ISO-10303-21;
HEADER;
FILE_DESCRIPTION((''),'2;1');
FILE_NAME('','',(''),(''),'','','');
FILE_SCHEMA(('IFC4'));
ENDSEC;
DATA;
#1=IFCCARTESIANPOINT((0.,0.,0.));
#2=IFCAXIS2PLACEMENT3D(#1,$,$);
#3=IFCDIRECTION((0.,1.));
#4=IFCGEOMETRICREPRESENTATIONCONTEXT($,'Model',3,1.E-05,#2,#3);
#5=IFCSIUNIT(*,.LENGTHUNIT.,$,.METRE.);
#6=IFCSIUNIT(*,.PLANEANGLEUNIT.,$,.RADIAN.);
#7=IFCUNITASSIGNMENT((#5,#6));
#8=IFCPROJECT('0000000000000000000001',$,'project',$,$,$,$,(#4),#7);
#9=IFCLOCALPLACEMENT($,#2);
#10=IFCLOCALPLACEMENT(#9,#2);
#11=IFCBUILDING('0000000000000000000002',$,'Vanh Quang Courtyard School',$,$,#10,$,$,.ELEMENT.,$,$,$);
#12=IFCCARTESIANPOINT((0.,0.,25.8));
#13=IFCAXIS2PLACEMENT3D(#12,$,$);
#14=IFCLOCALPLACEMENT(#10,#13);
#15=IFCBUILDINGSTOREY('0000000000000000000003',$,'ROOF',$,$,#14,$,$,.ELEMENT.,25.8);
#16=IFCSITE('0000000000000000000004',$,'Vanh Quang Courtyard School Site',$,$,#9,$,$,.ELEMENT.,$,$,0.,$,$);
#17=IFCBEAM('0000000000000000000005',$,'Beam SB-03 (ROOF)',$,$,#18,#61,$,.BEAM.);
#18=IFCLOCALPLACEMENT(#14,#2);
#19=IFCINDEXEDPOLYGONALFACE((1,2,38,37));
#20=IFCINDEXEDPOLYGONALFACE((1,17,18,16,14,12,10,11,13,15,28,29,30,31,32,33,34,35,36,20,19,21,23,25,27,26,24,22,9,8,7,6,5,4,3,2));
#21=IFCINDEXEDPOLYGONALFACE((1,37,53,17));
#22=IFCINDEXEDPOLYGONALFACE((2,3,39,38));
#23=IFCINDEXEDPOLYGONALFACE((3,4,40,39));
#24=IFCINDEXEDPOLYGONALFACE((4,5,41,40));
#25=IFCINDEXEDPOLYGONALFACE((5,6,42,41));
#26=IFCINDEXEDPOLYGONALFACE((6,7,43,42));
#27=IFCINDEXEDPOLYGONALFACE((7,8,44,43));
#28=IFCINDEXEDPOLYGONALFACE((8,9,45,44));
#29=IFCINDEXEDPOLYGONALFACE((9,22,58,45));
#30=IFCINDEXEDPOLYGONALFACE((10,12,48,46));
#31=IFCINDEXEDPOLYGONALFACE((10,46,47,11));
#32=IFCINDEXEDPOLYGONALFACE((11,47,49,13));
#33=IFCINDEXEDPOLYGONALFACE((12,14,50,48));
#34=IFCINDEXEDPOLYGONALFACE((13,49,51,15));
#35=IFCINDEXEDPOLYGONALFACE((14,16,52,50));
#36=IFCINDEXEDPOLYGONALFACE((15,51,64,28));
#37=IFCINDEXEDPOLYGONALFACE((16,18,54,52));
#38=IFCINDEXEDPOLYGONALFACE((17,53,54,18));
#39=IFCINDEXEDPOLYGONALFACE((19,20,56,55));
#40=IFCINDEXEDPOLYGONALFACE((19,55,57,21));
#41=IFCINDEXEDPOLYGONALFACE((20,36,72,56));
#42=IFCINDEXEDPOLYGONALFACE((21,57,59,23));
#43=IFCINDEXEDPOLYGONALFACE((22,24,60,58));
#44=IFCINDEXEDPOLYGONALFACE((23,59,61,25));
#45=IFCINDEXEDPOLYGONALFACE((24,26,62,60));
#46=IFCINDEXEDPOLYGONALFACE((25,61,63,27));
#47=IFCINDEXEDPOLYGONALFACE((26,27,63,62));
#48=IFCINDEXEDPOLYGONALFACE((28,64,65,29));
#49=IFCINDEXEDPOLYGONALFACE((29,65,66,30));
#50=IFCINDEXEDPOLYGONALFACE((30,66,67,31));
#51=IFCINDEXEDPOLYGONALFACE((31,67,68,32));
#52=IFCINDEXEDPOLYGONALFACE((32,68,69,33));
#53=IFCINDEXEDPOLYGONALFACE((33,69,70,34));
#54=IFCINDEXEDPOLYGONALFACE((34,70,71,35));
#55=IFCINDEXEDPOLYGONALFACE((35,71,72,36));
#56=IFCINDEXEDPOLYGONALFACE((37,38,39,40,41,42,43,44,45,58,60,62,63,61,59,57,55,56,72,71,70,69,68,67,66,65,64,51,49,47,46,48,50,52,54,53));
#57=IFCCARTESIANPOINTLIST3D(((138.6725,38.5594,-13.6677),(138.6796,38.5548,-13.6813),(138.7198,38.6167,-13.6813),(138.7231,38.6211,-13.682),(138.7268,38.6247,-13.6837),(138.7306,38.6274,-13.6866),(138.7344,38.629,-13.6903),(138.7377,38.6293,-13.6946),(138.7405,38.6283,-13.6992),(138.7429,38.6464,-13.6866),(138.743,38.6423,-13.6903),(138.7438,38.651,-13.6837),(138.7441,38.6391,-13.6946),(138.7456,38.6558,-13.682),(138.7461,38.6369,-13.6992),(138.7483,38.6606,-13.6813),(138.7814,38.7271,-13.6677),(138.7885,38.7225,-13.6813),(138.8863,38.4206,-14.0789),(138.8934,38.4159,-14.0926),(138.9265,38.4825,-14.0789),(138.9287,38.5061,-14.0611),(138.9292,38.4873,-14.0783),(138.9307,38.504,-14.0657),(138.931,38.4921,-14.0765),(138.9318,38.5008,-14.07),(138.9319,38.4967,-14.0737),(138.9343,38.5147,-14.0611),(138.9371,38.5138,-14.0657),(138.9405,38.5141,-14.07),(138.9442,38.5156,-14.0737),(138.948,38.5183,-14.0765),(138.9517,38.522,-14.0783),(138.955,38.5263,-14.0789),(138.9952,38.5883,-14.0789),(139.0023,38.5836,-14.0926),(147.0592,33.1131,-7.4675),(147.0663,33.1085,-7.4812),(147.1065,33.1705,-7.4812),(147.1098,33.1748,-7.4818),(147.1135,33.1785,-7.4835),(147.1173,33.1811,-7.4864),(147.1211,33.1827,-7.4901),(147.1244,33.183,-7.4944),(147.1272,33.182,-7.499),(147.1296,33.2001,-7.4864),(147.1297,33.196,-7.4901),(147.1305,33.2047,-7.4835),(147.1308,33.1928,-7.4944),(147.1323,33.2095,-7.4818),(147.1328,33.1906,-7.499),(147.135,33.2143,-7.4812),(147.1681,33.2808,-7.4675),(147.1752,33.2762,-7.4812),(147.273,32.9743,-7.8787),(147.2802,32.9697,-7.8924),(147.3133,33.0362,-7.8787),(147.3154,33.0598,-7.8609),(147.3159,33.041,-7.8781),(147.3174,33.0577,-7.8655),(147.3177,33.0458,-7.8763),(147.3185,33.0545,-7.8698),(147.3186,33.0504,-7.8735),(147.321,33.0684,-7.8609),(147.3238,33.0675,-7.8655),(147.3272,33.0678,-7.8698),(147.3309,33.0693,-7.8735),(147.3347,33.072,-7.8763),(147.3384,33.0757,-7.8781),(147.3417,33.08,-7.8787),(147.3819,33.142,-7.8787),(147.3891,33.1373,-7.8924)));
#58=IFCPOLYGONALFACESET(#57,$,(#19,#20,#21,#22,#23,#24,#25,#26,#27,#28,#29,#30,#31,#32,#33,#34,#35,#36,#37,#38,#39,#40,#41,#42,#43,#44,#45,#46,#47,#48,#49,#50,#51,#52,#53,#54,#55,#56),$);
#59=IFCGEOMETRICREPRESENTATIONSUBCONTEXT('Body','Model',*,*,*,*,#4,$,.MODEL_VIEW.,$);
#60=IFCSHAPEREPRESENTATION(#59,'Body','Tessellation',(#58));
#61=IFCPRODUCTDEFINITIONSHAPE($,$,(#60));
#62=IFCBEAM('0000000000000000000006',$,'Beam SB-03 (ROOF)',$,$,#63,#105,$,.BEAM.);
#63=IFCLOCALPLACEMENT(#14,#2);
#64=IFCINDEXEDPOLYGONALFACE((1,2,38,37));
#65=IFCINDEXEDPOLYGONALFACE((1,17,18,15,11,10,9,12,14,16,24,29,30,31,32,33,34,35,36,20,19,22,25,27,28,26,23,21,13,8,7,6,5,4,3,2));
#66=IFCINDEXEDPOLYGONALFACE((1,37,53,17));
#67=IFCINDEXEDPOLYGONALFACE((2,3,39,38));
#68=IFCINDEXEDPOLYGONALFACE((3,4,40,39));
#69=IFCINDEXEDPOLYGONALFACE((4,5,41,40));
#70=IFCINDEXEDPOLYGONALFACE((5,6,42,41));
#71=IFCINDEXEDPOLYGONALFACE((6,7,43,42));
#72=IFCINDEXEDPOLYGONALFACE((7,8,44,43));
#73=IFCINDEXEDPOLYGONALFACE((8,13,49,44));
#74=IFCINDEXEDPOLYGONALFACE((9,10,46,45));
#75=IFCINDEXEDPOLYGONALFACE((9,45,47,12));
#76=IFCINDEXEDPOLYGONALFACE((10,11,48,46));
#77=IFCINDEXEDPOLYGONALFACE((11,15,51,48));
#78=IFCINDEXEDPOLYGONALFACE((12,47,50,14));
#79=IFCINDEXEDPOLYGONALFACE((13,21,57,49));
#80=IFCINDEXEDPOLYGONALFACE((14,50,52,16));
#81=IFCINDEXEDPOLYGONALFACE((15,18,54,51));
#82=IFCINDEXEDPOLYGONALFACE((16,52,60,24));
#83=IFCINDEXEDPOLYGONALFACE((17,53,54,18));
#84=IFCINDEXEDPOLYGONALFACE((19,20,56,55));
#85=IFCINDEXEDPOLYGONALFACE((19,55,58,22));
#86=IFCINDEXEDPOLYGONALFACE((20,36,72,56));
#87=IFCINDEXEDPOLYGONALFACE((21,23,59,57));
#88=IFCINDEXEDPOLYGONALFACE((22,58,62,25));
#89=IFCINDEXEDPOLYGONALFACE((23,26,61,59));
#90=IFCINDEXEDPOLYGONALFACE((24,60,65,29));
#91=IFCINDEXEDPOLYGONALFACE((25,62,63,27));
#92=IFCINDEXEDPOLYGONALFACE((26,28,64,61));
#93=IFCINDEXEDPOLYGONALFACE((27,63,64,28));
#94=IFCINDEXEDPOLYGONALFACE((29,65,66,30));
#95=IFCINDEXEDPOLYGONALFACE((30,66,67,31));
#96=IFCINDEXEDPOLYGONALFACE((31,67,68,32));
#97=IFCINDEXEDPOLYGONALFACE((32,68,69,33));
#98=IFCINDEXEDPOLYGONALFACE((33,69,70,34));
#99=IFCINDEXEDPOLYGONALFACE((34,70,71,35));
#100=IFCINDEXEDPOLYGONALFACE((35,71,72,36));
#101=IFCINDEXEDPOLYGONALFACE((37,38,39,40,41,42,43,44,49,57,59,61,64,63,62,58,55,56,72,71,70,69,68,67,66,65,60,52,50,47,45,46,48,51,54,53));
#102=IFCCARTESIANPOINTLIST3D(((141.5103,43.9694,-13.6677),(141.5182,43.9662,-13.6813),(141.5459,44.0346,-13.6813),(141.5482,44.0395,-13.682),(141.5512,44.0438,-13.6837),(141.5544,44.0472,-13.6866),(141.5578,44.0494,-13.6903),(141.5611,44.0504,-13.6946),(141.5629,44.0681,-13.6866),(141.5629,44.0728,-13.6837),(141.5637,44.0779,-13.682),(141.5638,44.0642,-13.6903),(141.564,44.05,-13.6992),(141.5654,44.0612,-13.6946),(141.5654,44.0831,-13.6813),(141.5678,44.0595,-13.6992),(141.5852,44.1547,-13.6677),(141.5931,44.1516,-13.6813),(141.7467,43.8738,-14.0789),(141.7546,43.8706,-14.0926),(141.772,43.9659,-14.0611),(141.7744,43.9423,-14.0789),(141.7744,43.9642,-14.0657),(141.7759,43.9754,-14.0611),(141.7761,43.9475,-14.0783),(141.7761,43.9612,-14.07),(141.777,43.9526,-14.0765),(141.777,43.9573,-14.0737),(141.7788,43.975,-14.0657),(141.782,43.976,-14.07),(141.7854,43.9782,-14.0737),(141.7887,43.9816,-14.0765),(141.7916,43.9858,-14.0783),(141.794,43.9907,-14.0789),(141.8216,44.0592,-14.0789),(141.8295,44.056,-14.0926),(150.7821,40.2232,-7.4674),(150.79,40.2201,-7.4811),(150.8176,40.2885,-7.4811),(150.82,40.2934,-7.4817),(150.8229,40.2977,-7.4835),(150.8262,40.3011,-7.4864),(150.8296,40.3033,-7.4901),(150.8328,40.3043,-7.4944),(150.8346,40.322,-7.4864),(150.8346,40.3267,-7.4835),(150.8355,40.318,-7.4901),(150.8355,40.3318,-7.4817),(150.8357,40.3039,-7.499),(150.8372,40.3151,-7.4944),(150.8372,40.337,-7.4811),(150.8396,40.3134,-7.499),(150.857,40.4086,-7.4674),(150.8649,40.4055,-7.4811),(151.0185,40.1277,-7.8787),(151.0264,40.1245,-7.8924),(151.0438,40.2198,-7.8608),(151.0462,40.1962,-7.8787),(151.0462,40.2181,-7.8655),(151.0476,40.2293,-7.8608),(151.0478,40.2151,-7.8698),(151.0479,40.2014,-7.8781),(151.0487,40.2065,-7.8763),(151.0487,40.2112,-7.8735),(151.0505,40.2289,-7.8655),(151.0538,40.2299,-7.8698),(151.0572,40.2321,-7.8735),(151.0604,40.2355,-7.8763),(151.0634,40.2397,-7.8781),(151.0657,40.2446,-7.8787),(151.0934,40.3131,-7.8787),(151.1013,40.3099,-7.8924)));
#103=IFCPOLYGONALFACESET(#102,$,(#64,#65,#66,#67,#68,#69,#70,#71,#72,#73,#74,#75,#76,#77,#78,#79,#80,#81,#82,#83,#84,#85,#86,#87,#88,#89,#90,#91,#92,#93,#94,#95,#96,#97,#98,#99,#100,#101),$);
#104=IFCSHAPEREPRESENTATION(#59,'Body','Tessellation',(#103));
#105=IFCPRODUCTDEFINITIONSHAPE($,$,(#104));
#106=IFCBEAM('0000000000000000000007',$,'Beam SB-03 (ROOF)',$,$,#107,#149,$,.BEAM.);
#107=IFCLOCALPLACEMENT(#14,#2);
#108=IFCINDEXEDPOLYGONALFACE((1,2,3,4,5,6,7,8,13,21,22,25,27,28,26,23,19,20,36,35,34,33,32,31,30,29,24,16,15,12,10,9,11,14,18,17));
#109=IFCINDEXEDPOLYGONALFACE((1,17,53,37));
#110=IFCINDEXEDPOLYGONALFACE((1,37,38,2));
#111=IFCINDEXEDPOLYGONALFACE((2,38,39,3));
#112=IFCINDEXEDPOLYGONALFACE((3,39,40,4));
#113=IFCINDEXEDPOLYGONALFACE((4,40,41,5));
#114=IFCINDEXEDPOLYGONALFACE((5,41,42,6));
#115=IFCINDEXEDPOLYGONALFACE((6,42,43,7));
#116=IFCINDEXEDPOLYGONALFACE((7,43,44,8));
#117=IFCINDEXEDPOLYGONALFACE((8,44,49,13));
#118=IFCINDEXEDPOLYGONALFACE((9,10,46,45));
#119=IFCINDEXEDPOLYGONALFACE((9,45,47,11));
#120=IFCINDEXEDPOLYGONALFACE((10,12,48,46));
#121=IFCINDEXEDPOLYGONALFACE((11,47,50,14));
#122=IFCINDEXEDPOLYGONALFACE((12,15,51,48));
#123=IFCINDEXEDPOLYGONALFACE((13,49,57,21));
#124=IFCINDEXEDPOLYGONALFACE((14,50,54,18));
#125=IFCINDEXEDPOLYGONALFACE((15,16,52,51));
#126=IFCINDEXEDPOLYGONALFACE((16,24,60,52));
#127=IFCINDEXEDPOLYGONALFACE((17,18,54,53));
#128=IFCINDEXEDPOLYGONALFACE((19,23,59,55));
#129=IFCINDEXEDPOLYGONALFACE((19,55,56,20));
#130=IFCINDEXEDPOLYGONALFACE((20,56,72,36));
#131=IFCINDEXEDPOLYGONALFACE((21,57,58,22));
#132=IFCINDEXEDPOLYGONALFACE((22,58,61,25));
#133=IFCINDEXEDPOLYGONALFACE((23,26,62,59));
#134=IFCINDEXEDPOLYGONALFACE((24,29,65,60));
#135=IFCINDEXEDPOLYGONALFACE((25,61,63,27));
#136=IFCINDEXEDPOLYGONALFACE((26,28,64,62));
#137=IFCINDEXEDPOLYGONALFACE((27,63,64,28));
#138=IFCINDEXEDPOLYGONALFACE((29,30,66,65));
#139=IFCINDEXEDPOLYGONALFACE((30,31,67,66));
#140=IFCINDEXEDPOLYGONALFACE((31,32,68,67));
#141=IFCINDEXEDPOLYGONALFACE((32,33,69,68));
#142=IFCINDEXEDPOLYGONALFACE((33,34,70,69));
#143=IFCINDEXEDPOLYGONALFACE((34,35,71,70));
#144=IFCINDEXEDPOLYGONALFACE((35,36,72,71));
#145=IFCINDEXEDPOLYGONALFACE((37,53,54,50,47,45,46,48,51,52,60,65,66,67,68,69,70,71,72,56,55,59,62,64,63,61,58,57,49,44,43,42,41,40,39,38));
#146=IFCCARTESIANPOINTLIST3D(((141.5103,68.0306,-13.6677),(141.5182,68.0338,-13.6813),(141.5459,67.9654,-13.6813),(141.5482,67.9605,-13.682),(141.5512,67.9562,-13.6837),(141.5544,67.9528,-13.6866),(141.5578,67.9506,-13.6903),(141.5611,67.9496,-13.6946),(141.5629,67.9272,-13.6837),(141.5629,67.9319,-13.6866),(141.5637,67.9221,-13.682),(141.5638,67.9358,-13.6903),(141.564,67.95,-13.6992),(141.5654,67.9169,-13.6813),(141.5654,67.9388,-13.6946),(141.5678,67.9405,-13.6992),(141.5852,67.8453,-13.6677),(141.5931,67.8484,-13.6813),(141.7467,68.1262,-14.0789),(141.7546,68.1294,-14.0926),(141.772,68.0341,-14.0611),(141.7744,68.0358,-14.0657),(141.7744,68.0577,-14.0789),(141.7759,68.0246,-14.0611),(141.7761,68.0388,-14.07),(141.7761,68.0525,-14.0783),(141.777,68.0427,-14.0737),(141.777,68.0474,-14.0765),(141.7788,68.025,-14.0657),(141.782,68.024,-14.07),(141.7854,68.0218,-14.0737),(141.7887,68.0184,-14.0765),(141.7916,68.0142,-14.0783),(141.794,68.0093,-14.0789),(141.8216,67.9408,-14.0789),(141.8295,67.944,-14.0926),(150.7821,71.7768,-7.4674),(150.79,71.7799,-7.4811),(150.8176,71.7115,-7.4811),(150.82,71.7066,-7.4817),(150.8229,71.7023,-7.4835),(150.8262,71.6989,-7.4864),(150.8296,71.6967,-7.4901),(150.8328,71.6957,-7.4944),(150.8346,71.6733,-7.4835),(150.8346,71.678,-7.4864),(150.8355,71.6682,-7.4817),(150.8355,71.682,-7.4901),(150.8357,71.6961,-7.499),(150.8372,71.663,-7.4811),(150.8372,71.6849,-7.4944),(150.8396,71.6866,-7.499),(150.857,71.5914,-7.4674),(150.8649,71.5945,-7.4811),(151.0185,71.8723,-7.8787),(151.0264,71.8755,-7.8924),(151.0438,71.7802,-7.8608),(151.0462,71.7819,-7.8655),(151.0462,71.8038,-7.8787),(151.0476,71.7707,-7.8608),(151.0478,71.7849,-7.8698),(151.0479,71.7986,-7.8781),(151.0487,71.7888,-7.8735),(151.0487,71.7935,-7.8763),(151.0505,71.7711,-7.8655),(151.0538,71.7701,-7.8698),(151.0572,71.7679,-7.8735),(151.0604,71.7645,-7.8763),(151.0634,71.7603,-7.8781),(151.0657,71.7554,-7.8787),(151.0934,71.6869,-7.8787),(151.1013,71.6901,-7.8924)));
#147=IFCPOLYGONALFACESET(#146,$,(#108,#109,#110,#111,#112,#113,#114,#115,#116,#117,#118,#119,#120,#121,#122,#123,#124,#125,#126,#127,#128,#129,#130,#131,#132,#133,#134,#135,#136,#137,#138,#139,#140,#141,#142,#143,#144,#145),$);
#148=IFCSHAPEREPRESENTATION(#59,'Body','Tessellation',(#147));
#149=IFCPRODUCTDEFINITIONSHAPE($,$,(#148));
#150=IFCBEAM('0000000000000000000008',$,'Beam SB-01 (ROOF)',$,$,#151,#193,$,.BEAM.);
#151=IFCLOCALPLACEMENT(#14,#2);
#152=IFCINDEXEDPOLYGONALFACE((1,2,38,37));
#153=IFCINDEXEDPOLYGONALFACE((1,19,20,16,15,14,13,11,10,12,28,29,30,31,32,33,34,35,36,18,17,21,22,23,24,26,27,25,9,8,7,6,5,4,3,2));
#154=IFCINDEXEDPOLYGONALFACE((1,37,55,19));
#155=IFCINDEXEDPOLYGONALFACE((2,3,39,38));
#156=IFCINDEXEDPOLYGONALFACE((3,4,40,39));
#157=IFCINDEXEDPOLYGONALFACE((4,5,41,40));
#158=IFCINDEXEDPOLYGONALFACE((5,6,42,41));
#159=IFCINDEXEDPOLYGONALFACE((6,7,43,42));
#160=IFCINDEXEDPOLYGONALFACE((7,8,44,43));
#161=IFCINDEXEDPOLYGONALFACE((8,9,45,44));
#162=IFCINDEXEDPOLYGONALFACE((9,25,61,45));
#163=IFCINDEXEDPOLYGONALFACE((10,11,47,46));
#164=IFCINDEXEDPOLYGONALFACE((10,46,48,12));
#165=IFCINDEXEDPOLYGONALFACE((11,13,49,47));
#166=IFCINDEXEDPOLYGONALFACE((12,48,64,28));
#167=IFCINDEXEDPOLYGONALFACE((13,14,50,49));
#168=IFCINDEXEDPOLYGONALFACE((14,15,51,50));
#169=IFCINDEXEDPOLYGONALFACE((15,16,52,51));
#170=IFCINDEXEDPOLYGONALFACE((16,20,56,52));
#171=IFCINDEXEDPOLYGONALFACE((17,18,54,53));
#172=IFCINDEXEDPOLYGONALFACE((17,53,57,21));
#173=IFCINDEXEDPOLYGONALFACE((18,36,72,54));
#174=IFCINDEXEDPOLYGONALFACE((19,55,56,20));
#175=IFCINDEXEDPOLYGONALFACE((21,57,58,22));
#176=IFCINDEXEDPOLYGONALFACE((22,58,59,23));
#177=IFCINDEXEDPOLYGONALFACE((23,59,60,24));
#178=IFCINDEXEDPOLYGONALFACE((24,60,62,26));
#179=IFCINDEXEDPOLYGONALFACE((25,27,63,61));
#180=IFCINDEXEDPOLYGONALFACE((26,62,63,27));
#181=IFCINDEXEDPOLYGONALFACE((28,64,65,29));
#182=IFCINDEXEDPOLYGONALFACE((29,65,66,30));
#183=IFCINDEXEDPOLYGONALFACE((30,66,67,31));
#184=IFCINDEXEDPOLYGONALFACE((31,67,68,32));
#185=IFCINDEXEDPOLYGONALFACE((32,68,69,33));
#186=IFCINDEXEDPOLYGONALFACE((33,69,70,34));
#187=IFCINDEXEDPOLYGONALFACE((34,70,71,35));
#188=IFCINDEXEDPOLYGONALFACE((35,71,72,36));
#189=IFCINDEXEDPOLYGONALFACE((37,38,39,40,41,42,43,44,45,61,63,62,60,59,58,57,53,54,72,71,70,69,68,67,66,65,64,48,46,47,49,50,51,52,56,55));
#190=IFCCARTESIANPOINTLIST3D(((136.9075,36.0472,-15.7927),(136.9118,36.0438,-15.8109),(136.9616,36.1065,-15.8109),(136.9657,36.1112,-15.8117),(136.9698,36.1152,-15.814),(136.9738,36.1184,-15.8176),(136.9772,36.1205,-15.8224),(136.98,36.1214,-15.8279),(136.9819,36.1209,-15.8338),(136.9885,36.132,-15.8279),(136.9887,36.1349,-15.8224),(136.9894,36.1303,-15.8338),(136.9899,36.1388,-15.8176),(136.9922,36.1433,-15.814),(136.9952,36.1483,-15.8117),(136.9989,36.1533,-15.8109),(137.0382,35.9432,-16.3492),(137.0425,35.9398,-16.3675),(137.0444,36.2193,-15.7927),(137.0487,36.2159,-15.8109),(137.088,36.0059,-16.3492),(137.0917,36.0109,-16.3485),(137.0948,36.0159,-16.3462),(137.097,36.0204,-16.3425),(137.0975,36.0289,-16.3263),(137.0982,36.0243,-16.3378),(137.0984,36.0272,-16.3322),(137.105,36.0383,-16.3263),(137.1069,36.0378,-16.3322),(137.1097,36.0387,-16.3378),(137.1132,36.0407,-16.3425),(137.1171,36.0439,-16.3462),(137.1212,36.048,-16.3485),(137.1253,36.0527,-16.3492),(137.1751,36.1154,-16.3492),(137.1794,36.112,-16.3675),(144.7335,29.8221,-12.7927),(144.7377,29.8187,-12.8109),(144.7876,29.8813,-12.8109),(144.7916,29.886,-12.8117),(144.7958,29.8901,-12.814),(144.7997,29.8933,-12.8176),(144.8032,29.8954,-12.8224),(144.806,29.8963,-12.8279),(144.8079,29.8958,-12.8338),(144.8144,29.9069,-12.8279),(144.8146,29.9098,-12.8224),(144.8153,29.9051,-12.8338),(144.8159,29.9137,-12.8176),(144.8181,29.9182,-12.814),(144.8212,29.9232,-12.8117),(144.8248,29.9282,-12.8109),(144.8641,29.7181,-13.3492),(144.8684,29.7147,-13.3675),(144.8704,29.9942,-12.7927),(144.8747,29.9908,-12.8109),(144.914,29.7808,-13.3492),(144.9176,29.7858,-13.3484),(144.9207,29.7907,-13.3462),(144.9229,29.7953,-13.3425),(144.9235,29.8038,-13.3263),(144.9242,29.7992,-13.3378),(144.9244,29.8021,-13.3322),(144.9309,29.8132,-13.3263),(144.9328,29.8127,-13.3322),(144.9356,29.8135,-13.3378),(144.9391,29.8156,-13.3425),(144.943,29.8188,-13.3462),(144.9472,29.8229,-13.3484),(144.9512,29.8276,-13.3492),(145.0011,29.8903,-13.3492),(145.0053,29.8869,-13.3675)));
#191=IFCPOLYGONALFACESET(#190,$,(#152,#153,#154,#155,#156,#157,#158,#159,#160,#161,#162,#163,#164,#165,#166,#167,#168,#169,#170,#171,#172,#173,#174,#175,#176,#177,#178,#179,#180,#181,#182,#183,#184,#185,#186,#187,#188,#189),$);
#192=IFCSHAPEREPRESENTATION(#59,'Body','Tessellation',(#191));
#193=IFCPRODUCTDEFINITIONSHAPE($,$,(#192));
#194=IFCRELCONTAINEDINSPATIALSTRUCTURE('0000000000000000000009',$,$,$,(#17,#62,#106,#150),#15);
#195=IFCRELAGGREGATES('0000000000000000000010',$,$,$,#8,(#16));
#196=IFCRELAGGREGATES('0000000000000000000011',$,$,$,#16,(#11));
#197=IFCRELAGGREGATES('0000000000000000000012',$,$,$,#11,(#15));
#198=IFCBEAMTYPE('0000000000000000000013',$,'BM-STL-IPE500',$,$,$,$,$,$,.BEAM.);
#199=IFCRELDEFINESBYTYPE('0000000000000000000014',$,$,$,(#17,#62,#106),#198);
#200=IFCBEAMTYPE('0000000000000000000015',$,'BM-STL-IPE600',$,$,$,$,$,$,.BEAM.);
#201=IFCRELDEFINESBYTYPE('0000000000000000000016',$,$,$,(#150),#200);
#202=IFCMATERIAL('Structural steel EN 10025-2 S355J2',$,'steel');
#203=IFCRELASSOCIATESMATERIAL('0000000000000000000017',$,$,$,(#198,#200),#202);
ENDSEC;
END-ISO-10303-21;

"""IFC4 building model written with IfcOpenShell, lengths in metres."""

from ifc_helpers import new_model, si_unit, direction, frame, origin, origin_2d, place, context, subcontext, project, spatial, i_section, extrude, material, material_profile, profile_set, type_object, element, save


model = new_model("IFC4")

# Units and contexts
model_context = context("Model", 3, precision=1e-05, world=origin(), true_north=direction((0.0, 1.0)))
body_context = subcontext(model_context, "Body", "Model", "MODEL_VIEW")
ifc_project = project(units=[si_unit("LENGTHUNIT", "METRE"), si_unit("PLANEANGLEUNIT", "RADIAN")], contexts=[model_context])

# Site, building, storey
site_placement = place(None, origin())
site = spatial("IfcSite", under=ifc_project, at=site_placement, Name="Vanh Quang Courtyard School Site", CompositionType="ELEMENT", RefElevation=0.0)
building_placement = place(site_placement, origin())
building = spatial("IfcBuilding", under=site, at=building_placement, Name="Vanh Quang Courtyard School", CompositionType="ELEMENT")
storey_placement = place(building_placement, frame((0.0, 0.0, 25.8)))
storey = spatial("IfcBuildingStorey", under=building, at=storey_placement, Name="ROOF", CompositionType="ELEMENT", Elevation=25.8)

# Beams
ifc_material_1 = material(Name="Structural steel EN 10025-2 S355J2", Category="steel")
ifc_material_profile_1 = material_profile(ifc_material_1, i_section(OverallWidth=0.2, OverallDepth=0.5, WebThickness=0.0103, FlangeThickness=0.0161, FilletRadius=0.021, at=origin_2d()), Name="IPE 500")
ifc_profile_set_1 = profile_set([ifc_material_profile_1], Name="Structural steel EN 10025-2 S355J2")
beam_type_1 = type_object("IfcBeamType", Name="BM-STL-IPE500", PredefinedType="BEAM", material=ifc_profile_set_1)
for number, where, z_axis, x_axis, name in (
    (1, (138.8374, 38.5715, -13.8801), (0.712786, -0.462879, 0.526953), (0.544631, 0.838676, 0.0), "Beam SB-03 (ROOF)"),
    (2, (141.6699, 44.0127, -13.8801), (0.788005, -0.318381, 0.526955), (0.374613, 0.927181, 0.0), "Beam SB-03 (ROOF)"),
    (3, (141.6699, 67.9873, -13.8801), (0.788005, 0.318381, 0.526955), (-0.374613, 0.927181, 0.0), "Beam SB-03 (ROOF)"),
):
    element("IfcBeam", number, at=place(storey_placement, frame(where, z_axis=z_axis, x_axis=x_axis)), inside=storey, type_object=beam_type_1, Name=name, PredefinedType="BEAM", context=body_context, shape_type="SweptSolid", body=[
        extrude(i_section(OverallWidth=0.2, OverallDepth=0.5, WebThickness=0.0103, FlangeThickness=0.0161, FilletRadius=0.021, at=origin_2d()), origin(), (0.0, 0.0, 1.0), 11.7661),
    ])
ifc_material_profile_2 = material_profile(ifc_material_1, i_section(OverallWidth=0.22, OverallDepth=0.6001, WebThickness=0.012, FlangeThickness=0.019, FilletRadius=0.0239, at=origin_2d()), Name="IPE 600")
ifc_profile_set_2 = profile_set([ifc_material_profile_2], Name="Structural steel EN 10025-2 S355J2")
beam_type_2 = type_object("IfcBeamType", Name="BM-STL-IPE600", PredefinedType="BEAM", material=ifc_profile_set_2)
for number, where, z_axis, x_axis, name in (
    (4, (137.0435, 36.0796, -16.0801), (0.749598, -0.596264, 0.287352), (0.622519, 0.782605, 0.0), "Beam SB-01 (ROOF)"),
):
    element("IfcBeam", number, at=place(storey_placement, frame(where, z_axis=z_axis, x_axis=x_axis)), inside=storey, type_object=beam_type_2, Name=name, PredefinedType="BEAM", context=body_context, shape_type="SweptSolid", body=[
        extrude(i_section(OverallWidth=0.22, OverallDepth=0.6001, WebThickness=0.012, FlangeThickness=0.019, FilletRadius=0.0239, at=origin_2d()), origin(), (0.0, 0.0, 1.0), 10.4402),
    ])

save(model, "model.ifc")
